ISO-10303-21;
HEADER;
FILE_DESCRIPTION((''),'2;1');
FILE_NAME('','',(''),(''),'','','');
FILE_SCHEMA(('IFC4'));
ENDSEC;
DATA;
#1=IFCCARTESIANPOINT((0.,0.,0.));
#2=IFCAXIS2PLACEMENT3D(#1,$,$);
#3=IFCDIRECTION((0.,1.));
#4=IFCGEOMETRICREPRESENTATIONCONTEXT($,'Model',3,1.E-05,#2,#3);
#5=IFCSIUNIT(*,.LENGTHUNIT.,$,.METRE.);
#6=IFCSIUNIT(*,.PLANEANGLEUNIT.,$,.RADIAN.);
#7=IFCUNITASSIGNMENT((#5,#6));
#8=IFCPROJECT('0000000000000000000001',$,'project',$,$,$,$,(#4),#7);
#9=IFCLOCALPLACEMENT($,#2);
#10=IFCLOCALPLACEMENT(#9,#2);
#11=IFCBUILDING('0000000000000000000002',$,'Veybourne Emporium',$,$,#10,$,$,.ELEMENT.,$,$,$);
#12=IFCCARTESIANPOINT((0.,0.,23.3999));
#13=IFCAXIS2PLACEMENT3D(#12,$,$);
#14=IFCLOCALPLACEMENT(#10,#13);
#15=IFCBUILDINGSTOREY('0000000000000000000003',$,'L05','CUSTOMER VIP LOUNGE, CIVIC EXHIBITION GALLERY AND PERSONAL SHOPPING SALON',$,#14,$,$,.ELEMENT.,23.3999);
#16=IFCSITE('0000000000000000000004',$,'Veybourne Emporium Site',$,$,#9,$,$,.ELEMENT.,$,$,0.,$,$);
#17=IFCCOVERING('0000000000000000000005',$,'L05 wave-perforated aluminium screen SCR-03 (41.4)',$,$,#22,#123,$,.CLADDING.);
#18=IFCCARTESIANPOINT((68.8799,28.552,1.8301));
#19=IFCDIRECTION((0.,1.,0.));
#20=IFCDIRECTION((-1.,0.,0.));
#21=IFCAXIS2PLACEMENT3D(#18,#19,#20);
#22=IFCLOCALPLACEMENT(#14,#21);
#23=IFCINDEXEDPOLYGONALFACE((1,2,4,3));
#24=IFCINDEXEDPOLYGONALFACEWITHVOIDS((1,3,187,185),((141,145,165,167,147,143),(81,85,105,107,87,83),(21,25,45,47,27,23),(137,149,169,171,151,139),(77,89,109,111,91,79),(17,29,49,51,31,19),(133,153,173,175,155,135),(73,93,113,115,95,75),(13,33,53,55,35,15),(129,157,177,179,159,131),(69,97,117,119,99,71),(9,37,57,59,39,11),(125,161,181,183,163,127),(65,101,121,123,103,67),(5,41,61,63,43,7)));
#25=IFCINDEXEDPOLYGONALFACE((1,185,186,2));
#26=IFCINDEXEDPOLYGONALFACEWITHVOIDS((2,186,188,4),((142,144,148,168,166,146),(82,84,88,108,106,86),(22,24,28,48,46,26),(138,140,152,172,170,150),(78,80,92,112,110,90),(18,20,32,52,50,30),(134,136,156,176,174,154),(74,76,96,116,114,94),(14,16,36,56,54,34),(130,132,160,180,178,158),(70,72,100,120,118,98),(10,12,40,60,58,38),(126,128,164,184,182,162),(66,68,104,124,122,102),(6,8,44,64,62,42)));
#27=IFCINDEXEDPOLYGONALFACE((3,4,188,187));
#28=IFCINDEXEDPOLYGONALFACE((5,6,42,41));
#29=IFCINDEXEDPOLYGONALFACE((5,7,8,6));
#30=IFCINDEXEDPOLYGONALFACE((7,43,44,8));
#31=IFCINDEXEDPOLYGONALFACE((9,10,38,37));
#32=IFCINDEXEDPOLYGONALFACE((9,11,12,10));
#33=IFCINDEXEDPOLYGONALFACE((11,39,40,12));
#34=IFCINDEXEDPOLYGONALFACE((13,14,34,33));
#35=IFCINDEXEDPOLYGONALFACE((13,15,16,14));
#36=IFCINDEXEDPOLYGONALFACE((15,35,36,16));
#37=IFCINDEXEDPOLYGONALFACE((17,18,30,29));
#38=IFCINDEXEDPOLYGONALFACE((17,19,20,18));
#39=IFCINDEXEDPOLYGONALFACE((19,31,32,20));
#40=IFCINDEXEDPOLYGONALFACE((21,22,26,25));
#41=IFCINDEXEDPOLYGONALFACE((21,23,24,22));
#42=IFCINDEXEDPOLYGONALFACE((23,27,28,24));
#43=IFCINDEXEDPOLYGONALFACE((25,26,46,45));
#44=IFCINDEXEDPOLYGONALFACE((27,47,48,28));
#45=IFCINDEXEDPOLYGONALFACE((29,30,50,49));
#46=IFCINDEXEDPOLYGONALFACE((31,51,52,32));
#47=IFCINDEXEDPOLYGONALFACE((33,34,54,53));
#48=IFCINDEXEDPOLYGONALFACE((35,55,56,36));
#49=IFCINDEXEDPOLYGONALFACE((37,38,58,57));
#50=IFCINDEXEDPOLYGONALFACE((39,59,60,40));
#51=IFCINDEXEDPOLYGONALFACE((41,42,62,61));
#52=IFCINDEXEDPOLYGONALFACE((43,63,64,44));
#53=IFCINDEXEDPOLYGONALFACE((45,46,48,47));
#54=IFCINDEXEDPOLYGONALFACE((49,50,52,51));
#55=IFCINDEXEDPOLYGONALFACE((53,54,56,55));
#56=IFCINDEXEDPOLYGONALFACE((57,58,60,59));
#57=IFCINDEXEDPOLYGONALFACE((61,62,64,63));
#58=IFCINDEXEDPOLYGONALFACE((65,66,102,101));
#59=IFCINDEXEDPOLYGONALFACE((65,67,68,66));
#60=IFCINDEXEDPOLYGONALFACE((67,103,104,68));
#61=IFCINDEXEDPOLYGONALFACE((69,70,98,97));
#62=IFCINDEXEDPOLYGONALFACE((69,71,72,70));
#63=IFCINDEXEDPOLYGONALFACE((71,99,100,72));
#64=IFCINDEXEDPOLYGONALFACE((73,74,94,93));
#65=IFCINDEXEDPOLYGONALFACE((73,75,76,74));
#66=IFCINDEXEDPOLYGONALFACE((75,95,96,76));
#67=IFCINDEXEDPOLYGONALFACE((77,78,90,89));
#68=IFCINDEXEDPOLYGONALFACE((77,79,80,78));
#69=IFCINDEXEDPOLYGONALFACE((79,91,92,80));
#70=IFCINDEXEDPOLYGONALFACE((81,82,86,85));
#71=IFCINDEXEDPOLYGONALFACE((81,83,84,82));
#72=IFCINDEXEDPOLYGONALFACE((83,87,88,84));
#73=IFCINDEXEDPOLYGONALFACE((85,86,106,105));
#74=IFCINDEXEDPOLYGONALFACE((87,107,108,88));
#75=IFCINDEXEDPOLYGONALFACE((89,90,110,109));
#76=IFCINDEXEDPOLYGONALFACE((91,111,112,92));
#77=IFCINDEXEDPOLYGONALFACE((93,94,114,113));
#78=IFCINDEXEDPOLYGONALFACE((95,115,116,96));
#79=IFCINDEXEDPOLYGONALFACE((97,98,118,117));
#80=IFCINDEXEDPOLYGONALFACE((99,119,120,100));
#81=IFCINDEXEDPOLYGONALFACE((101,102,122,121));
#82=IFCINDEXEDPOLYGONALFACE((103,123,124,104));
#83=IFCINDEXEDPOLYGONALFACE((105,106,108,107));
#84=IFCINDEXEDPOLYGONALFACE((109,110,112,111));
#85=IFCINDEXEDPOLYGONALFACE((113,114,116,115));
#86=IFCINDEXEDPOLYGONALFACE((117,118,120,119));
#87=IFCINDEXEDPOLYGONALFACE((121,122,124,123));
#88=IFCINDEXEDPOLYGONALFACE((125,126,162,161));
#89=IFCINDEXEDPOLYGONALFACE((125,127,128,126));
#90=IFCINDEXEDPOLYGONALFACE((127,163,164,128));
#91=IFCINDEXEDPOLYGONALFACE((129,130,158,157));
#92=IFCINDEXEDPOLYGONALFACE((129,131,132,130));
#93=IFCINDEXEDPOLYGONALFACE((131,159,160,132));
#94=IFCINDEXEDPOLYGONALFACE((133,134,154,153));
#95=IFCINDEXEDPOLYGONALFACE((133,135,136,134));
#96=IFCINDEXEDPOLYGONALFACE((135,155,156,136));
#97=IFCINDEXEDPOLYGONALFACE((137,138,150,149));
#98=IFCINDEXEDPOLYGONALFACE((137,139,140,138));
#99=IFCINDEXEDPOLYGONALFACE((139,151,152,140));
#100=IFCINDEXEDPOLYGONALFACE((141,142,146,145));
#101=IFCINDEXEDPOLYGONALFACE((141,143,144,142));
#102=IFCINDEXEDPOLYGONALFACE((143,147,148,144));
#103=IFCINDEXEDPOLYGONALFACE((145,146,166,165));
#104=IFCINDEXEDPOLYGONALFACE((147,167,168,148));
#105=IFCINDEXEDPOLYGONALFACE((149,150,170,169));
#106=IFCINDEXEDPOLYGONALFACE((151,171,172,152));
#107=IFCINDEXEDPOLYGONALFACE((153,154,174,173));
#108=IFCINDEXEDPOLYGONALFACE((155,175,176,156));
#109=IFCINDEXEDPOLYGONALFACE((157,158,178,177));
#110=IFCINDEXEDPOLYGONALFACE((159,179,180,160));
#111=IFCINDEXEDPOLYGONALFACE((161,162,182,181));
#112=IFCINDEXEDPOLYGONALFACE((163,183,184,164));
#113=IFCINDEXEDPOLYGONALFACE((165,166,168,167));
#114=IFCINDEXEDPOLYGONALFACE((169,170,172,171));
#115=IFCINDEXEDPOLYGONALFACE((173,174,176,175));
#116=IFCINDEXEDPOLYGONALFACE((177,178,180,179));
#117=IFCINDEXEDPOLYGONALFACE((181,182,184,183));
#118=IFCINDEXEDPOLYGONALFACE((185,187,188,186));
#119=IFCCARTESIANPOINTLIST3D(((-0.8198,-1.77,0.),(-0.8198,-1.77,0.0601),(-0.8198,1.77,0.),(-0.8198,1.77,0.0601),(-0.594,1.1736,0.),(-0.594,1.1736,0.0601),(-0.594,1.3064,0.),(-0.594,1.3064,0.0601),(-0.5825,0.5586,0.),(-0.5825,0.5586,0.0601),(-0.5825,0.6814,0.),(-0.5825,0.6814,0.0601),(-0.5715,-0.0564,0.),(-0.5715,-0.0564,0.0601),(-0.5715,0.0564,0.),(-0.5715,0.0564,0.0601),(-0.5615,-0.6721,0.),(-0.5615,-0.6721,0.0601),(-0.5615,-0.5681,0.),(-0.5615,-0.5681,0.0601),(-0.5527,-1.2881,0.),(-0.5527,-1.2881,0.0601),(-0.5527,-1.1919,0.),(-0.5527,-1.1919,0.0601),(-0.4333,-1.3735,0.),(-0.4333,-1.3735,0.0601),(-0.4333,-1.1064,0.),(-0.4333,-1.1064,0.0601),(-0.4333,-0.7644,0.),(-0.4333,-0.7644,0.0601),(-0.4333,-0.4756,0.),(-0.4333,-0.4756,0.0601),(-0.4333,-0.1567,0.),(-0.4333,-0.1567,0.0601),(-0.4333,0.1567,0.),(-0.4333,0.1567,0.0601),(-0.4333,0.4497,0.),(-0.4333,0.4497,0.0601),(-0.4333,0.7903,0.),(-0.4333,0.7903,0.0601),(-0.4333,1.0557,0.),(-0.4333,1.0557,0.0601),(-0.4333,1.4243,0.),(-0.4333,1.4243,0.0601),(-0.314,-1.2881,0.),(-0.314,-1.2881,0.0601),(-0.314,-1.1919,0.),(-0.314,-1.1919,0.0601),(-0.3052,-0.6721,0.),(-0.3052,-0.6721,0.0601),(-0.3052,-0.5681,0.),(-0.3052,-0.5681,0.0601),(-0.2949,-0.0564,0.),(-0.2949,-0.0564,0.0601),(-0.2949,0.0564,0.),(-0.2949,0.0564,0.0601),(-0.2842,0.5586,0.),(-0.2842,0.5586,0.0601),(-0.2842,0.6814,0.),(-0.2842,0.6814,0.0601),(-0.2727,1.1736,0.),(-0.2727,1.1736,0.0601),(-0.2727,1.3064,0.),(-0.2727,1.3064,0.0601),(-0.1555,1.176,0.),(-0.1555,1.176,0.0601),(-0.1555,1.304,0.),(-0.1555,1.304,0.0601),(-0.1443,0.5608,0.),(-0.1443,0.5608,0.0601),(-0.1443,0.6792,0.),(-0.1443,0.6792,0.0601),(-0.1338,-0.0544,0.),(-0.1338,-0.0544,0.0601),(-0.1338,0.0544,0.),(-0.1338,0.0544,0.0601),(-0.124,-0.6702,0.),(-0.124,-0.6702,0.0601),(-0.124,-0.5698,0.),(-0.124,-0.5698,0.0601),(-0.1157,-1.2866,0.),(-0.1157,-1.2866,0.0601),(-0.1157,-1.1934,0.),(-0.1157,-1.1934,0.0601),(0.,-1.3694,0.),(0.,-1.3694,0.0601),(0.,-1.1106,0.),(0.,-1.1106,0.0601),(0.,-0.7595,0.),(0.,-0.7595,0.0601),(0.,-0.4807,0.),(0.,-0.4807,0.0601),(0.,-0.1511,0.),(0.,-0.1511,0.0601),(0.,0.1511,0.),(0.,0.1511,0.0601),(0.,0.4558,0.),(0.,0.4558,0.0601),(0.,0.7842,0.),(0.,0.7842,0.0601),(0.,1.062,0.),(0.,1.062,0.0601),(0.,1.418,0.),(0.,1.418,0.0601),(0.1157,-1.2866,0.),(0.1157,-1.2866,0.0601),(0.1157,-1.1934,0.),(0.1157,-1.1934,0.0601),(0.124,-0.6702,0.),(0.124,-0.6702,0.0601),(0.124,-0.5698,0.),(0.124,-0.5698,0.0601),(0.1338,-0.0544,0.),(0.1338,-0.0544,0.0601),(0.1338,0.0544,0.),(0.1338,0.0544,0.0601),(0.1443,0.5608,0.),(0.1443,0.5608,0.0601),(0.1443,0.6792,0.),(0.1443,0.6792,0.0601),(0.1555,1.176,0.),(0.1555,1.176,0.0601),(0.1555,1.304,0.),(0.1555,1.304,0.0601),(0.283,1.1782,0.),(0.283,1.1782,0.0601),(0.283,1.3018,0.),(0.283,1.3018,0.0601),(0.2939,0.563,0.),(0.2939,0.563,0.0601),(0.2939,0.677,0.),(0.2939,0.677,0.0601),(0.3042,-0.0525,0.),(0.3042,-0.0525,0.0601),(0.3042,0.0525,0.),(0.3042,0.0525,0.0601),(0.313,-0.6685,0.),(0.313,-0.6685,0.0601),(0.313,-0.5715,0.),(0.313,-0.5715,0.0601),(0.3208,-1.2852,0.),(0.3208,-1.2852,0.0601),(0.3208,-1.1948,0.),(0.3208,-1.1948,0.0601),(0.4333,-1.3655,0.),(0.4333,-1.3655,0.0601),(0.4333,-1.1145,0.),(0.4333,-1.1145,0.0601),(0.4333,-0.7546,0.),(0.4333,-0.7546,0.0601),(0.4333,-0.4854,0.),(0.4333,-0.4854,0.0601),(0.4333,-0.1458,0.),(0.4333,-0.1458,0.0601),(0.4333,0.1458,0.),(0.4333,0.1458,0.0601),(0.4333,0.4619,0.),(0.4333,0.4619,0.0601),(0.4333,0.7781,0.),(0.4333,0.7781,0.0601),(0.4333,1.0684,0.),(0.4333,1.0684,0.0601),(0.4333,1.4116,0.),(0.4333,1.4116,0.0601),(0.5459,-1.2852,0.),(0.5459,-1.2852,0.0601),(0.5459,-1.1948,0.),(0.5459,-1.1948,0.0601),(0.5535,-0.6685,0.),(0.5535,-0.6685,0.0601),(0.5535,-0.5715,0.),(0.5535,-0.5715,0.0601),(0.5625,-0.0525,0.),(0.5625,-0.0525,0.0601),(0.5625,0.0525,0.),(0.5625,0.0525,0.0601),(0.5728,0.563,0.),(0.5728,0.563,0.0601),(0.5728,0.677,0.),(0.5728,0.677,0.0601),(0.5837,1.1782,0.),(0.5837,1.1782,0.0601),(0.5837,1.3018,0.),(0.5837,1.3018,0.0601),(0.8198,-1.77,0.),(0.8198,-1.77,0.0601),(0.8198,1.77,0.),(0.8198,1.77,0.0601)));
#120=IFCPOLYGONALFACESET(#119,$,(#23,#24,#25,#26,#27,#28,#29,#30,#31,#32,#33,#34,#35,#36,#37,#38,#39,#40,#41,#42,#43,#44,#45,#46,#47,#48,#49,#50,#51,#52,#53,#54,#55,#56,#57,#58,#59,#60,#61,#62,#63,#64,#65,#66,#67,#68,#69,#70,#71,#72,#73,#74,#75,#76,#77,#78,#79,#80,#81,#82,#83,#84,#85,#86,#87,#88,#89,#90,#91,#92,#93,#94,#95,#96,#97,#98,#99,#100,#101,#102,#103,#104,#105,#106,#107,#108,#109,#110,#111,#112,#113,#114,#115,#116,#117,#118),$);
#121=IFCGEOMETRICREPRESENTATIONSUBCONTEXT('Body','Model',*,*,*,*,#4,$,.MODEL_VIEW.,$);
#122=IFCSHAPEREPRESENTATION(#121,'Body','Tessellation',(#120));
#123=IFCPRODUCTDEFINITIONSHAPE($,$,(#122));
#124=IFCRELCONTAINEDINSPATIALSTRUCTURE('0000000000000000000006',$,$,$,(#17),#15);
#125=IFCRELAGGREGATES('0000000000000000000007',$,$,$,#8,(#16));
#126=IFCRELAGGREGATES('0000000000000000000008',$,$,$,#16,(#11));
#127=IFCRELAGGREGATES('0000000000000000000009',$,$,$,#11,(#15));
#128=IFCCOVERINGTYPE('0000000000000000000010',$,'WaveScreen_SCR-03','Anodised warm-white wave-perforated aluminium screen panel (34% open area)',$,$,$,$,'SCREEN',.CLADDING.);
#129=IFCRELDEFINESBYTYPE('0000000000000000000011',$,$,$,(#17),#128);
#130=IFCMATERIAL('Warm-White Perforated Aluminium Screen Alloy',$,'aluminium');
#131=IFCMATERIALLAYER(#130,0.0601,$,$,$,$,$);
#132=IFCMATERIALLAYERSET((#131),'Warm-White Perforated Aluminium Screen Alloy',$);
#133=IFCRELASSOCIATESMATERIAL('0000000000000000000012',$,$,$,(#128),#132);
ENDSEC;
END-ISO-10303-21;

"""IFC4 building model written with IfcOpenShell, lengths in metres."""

from ifc_helpers import new_model, si_unit, direction, frame, origin, place, context, subcontext, project, spatial, polyline, outline, extrude, material, layer, layer_set, type_object, element, save


model = new_model("IFC4")

# Units and contexts
model_context = context("Model", 3, precision=1e-05, world=origin(), true_north=direction((0.0, 1.0)))
body_context = subcontext(model_context, "Body", "Model", "MODEL_VIEW")
ifc_project = project(units=[si_unit("LENGTHUNIT", "METRE"), si_unit("PLANEANGLEUNIT", "RADIAN")], contexts=[model_context])

# Site, building, storey
site_placement = place(None, origin())
site = spatial("IfcSite", under=ifc_project, at=site_placement, Name="Veybourne Emporium Site", CompositionType="ELEMENT", RefElevation=0.0)
building_placement = place(site_placement, origin())
building = spatial("IfcBuilding", under=site, at=building_placement, Name="Veybourne Emporium", CompositionType="ELEMENT")
storey_placement = place(building_placement, frame((0.0, 0.0, 23.3999)))
storey = spatial("IfcBuildingStorey", under=building, at=storey_placement, Name="L05", Description="CUSTOMER VIP LOUNGE, CIVIC EXHIBITION GALLERY AND PERSONAL SHOPPING SALON", CompositionType="ELEMENT", Elevation=23.3999)

# Covering
ifc_material_1 = material(Name="Warm-White Perforated Aluminium Screen Alloy", Category="aluminium")
ifc_layer_1 = layer(ifc_material_1, 0.0601)
ifc_layer_set_1 = layer_set([ifc_layer_1], Name="Warm-White Perforated Aluminium Screen Alloy")
covering_type_1 = type_object("IfcCoveringType", Name="WaveScreen_SCR-03", Description="Anodised warm-white wave-perforated aluminium screen panel (34% open area)", ElementType="SCREEN", PredefinedType="CLADDING", material=ifc_layer_set_1)
covering_1_placement = place(storey_placement, frame((68.8799, 28.552, 1.8301), z_axis=(0.0, 1.0, 0.0), x_axis=(-1.0, 0.0, 0.0)))
element("IfcCovering", 1, at=covering_1_placement, inside=storey, type_object=covering_type_1, Name="L05 wave-perforated aluminium screen SCR-03 (41.4)", PredefinedType="CLADDING", context=body_context, shape_type="SweptSolid", body=[
    extrude(outline(polyline([(-0.8198, -1.77), (0.8198, -1.77), (0.8198, 1.77), (-0.8198, 1.77), (-0.8198, -1.77)]), holes=[polyline([(-0.4333, -1.1064), (-0.314, -1.1919), (-0.314, -1.2881), (-0.4333, -1.3735), (-0.5527, -1.2881), (-0.5527, -1.1919), (-0.4333, -1.1064)]), polyline([(-0.4333, -0.4756), (-0.3052, -0.5681), (-0.3052, -0.6721), (-0.4333, -0.7644), (-0.5615, -0.6721), (-0.5615, -0.5681), (-0.4333, -0.4756)]), polyline([(-0.4333, 0.1567), (-0.2949, 0.0564), (-0.2949, -0.0564), (-0.4333, -0.1567), (-0.5715, -0.0564), (-0.5715, 0.0564), (-0.4333, 0.1567)]), polyline([(-0.4333, 0.7903), (-0.2842, 0.6814), (-0.2842, 0.5586), (-0.4333, 0.4497), (-0.5825, 0.5586), (-0.5825, 0.6814), (-0.4333, 0.7903)]), polyline([(-0.4333, 1.4243), (-0.2727, 1.3064), (-0.2727, 1.1736), (-0.4333, 1.0557), (-0.594, 1.1736), (-0.594, 1.3064), (-0.4333, 1.4243)]), polyline([(0.0, -1.1106), (0.1157, -1.1934), (0.1157, -1.2866), (0.0, -1.3694), (-0.1157, -1.2866), (-0.1157, -1.1934), (0.0, -1.1106)]), polyline([(0.0, -0.4807), (0.124, -0.5698), (0.124, -0.6702), (0.0, -0.7595), (-0.124, -0.6702), (-0.124, -0.5698), (0.0, -0.4807)]), polyline([(0.0, 0.1511), (0.1338, 0.0544), (0.1338, -0.0544), (0.0, -0.1511), (-0.1338, -0.0544), (-0.1338, 0.0544), (0.0, 0.1511)]), polyline([(0.0, 0.7842), (0.1443, 0.6792), (0.1443, 0.5608), (0.0, 0.4558), (-0.1443, 0.5608), (-0.1443, 0.6792), (0.0, 0.7842)]), polyline([(0.0, 1.418), (0.1555, 1.304), (0.1555, 1.176), (0.0, 1.062), (-0.1555, 1.176), (-0.1555, 1.304), (0.0, 1.418)]), polyline([(0.4333, -1.1145), (0.5459, -1.1948), (0.5459, -1.2852), (0.4333, -1.3655), (0.3208, -1.2852), (0.3208, -1.1948), (0.4333, -1.1145)]), polyline([(0.4333, -0.4854), (0.5535, -0.5715), (0.5535, -0.6685), (0.4333, -0.7546), (0.313, -0.6685), (0.313, -0.5715), (0.4333, -0.4854)]), polyline([(0.4333, 0.1458), (0.5625, 0.0525), (0.5625, -0.0525), (0.4333, -0.1458), (0.3042, -0.0525), (0.3042, 0.0525), (0.4333, 0.1458)]), polyline([(0.4333, 0.7781), (0.5728, 0.677), (0.5728, 0.563), (0.4333, 0.4619), (0.2939, 0.563), (0.2939, 0.677), (0.4333, 0.7781)]), polyline([(0.4333, 1.4116), (0.5837, 1.3018), (0.5837, 1.1782), (0.4333, 1.0684), (0.283, 1.1782), (0.283, 1.3018), (0.4333, 1.4116)])]), origin(), (0.0, 0.0, 1.0), 0.0601),
])

save(model, "model.ifc")
